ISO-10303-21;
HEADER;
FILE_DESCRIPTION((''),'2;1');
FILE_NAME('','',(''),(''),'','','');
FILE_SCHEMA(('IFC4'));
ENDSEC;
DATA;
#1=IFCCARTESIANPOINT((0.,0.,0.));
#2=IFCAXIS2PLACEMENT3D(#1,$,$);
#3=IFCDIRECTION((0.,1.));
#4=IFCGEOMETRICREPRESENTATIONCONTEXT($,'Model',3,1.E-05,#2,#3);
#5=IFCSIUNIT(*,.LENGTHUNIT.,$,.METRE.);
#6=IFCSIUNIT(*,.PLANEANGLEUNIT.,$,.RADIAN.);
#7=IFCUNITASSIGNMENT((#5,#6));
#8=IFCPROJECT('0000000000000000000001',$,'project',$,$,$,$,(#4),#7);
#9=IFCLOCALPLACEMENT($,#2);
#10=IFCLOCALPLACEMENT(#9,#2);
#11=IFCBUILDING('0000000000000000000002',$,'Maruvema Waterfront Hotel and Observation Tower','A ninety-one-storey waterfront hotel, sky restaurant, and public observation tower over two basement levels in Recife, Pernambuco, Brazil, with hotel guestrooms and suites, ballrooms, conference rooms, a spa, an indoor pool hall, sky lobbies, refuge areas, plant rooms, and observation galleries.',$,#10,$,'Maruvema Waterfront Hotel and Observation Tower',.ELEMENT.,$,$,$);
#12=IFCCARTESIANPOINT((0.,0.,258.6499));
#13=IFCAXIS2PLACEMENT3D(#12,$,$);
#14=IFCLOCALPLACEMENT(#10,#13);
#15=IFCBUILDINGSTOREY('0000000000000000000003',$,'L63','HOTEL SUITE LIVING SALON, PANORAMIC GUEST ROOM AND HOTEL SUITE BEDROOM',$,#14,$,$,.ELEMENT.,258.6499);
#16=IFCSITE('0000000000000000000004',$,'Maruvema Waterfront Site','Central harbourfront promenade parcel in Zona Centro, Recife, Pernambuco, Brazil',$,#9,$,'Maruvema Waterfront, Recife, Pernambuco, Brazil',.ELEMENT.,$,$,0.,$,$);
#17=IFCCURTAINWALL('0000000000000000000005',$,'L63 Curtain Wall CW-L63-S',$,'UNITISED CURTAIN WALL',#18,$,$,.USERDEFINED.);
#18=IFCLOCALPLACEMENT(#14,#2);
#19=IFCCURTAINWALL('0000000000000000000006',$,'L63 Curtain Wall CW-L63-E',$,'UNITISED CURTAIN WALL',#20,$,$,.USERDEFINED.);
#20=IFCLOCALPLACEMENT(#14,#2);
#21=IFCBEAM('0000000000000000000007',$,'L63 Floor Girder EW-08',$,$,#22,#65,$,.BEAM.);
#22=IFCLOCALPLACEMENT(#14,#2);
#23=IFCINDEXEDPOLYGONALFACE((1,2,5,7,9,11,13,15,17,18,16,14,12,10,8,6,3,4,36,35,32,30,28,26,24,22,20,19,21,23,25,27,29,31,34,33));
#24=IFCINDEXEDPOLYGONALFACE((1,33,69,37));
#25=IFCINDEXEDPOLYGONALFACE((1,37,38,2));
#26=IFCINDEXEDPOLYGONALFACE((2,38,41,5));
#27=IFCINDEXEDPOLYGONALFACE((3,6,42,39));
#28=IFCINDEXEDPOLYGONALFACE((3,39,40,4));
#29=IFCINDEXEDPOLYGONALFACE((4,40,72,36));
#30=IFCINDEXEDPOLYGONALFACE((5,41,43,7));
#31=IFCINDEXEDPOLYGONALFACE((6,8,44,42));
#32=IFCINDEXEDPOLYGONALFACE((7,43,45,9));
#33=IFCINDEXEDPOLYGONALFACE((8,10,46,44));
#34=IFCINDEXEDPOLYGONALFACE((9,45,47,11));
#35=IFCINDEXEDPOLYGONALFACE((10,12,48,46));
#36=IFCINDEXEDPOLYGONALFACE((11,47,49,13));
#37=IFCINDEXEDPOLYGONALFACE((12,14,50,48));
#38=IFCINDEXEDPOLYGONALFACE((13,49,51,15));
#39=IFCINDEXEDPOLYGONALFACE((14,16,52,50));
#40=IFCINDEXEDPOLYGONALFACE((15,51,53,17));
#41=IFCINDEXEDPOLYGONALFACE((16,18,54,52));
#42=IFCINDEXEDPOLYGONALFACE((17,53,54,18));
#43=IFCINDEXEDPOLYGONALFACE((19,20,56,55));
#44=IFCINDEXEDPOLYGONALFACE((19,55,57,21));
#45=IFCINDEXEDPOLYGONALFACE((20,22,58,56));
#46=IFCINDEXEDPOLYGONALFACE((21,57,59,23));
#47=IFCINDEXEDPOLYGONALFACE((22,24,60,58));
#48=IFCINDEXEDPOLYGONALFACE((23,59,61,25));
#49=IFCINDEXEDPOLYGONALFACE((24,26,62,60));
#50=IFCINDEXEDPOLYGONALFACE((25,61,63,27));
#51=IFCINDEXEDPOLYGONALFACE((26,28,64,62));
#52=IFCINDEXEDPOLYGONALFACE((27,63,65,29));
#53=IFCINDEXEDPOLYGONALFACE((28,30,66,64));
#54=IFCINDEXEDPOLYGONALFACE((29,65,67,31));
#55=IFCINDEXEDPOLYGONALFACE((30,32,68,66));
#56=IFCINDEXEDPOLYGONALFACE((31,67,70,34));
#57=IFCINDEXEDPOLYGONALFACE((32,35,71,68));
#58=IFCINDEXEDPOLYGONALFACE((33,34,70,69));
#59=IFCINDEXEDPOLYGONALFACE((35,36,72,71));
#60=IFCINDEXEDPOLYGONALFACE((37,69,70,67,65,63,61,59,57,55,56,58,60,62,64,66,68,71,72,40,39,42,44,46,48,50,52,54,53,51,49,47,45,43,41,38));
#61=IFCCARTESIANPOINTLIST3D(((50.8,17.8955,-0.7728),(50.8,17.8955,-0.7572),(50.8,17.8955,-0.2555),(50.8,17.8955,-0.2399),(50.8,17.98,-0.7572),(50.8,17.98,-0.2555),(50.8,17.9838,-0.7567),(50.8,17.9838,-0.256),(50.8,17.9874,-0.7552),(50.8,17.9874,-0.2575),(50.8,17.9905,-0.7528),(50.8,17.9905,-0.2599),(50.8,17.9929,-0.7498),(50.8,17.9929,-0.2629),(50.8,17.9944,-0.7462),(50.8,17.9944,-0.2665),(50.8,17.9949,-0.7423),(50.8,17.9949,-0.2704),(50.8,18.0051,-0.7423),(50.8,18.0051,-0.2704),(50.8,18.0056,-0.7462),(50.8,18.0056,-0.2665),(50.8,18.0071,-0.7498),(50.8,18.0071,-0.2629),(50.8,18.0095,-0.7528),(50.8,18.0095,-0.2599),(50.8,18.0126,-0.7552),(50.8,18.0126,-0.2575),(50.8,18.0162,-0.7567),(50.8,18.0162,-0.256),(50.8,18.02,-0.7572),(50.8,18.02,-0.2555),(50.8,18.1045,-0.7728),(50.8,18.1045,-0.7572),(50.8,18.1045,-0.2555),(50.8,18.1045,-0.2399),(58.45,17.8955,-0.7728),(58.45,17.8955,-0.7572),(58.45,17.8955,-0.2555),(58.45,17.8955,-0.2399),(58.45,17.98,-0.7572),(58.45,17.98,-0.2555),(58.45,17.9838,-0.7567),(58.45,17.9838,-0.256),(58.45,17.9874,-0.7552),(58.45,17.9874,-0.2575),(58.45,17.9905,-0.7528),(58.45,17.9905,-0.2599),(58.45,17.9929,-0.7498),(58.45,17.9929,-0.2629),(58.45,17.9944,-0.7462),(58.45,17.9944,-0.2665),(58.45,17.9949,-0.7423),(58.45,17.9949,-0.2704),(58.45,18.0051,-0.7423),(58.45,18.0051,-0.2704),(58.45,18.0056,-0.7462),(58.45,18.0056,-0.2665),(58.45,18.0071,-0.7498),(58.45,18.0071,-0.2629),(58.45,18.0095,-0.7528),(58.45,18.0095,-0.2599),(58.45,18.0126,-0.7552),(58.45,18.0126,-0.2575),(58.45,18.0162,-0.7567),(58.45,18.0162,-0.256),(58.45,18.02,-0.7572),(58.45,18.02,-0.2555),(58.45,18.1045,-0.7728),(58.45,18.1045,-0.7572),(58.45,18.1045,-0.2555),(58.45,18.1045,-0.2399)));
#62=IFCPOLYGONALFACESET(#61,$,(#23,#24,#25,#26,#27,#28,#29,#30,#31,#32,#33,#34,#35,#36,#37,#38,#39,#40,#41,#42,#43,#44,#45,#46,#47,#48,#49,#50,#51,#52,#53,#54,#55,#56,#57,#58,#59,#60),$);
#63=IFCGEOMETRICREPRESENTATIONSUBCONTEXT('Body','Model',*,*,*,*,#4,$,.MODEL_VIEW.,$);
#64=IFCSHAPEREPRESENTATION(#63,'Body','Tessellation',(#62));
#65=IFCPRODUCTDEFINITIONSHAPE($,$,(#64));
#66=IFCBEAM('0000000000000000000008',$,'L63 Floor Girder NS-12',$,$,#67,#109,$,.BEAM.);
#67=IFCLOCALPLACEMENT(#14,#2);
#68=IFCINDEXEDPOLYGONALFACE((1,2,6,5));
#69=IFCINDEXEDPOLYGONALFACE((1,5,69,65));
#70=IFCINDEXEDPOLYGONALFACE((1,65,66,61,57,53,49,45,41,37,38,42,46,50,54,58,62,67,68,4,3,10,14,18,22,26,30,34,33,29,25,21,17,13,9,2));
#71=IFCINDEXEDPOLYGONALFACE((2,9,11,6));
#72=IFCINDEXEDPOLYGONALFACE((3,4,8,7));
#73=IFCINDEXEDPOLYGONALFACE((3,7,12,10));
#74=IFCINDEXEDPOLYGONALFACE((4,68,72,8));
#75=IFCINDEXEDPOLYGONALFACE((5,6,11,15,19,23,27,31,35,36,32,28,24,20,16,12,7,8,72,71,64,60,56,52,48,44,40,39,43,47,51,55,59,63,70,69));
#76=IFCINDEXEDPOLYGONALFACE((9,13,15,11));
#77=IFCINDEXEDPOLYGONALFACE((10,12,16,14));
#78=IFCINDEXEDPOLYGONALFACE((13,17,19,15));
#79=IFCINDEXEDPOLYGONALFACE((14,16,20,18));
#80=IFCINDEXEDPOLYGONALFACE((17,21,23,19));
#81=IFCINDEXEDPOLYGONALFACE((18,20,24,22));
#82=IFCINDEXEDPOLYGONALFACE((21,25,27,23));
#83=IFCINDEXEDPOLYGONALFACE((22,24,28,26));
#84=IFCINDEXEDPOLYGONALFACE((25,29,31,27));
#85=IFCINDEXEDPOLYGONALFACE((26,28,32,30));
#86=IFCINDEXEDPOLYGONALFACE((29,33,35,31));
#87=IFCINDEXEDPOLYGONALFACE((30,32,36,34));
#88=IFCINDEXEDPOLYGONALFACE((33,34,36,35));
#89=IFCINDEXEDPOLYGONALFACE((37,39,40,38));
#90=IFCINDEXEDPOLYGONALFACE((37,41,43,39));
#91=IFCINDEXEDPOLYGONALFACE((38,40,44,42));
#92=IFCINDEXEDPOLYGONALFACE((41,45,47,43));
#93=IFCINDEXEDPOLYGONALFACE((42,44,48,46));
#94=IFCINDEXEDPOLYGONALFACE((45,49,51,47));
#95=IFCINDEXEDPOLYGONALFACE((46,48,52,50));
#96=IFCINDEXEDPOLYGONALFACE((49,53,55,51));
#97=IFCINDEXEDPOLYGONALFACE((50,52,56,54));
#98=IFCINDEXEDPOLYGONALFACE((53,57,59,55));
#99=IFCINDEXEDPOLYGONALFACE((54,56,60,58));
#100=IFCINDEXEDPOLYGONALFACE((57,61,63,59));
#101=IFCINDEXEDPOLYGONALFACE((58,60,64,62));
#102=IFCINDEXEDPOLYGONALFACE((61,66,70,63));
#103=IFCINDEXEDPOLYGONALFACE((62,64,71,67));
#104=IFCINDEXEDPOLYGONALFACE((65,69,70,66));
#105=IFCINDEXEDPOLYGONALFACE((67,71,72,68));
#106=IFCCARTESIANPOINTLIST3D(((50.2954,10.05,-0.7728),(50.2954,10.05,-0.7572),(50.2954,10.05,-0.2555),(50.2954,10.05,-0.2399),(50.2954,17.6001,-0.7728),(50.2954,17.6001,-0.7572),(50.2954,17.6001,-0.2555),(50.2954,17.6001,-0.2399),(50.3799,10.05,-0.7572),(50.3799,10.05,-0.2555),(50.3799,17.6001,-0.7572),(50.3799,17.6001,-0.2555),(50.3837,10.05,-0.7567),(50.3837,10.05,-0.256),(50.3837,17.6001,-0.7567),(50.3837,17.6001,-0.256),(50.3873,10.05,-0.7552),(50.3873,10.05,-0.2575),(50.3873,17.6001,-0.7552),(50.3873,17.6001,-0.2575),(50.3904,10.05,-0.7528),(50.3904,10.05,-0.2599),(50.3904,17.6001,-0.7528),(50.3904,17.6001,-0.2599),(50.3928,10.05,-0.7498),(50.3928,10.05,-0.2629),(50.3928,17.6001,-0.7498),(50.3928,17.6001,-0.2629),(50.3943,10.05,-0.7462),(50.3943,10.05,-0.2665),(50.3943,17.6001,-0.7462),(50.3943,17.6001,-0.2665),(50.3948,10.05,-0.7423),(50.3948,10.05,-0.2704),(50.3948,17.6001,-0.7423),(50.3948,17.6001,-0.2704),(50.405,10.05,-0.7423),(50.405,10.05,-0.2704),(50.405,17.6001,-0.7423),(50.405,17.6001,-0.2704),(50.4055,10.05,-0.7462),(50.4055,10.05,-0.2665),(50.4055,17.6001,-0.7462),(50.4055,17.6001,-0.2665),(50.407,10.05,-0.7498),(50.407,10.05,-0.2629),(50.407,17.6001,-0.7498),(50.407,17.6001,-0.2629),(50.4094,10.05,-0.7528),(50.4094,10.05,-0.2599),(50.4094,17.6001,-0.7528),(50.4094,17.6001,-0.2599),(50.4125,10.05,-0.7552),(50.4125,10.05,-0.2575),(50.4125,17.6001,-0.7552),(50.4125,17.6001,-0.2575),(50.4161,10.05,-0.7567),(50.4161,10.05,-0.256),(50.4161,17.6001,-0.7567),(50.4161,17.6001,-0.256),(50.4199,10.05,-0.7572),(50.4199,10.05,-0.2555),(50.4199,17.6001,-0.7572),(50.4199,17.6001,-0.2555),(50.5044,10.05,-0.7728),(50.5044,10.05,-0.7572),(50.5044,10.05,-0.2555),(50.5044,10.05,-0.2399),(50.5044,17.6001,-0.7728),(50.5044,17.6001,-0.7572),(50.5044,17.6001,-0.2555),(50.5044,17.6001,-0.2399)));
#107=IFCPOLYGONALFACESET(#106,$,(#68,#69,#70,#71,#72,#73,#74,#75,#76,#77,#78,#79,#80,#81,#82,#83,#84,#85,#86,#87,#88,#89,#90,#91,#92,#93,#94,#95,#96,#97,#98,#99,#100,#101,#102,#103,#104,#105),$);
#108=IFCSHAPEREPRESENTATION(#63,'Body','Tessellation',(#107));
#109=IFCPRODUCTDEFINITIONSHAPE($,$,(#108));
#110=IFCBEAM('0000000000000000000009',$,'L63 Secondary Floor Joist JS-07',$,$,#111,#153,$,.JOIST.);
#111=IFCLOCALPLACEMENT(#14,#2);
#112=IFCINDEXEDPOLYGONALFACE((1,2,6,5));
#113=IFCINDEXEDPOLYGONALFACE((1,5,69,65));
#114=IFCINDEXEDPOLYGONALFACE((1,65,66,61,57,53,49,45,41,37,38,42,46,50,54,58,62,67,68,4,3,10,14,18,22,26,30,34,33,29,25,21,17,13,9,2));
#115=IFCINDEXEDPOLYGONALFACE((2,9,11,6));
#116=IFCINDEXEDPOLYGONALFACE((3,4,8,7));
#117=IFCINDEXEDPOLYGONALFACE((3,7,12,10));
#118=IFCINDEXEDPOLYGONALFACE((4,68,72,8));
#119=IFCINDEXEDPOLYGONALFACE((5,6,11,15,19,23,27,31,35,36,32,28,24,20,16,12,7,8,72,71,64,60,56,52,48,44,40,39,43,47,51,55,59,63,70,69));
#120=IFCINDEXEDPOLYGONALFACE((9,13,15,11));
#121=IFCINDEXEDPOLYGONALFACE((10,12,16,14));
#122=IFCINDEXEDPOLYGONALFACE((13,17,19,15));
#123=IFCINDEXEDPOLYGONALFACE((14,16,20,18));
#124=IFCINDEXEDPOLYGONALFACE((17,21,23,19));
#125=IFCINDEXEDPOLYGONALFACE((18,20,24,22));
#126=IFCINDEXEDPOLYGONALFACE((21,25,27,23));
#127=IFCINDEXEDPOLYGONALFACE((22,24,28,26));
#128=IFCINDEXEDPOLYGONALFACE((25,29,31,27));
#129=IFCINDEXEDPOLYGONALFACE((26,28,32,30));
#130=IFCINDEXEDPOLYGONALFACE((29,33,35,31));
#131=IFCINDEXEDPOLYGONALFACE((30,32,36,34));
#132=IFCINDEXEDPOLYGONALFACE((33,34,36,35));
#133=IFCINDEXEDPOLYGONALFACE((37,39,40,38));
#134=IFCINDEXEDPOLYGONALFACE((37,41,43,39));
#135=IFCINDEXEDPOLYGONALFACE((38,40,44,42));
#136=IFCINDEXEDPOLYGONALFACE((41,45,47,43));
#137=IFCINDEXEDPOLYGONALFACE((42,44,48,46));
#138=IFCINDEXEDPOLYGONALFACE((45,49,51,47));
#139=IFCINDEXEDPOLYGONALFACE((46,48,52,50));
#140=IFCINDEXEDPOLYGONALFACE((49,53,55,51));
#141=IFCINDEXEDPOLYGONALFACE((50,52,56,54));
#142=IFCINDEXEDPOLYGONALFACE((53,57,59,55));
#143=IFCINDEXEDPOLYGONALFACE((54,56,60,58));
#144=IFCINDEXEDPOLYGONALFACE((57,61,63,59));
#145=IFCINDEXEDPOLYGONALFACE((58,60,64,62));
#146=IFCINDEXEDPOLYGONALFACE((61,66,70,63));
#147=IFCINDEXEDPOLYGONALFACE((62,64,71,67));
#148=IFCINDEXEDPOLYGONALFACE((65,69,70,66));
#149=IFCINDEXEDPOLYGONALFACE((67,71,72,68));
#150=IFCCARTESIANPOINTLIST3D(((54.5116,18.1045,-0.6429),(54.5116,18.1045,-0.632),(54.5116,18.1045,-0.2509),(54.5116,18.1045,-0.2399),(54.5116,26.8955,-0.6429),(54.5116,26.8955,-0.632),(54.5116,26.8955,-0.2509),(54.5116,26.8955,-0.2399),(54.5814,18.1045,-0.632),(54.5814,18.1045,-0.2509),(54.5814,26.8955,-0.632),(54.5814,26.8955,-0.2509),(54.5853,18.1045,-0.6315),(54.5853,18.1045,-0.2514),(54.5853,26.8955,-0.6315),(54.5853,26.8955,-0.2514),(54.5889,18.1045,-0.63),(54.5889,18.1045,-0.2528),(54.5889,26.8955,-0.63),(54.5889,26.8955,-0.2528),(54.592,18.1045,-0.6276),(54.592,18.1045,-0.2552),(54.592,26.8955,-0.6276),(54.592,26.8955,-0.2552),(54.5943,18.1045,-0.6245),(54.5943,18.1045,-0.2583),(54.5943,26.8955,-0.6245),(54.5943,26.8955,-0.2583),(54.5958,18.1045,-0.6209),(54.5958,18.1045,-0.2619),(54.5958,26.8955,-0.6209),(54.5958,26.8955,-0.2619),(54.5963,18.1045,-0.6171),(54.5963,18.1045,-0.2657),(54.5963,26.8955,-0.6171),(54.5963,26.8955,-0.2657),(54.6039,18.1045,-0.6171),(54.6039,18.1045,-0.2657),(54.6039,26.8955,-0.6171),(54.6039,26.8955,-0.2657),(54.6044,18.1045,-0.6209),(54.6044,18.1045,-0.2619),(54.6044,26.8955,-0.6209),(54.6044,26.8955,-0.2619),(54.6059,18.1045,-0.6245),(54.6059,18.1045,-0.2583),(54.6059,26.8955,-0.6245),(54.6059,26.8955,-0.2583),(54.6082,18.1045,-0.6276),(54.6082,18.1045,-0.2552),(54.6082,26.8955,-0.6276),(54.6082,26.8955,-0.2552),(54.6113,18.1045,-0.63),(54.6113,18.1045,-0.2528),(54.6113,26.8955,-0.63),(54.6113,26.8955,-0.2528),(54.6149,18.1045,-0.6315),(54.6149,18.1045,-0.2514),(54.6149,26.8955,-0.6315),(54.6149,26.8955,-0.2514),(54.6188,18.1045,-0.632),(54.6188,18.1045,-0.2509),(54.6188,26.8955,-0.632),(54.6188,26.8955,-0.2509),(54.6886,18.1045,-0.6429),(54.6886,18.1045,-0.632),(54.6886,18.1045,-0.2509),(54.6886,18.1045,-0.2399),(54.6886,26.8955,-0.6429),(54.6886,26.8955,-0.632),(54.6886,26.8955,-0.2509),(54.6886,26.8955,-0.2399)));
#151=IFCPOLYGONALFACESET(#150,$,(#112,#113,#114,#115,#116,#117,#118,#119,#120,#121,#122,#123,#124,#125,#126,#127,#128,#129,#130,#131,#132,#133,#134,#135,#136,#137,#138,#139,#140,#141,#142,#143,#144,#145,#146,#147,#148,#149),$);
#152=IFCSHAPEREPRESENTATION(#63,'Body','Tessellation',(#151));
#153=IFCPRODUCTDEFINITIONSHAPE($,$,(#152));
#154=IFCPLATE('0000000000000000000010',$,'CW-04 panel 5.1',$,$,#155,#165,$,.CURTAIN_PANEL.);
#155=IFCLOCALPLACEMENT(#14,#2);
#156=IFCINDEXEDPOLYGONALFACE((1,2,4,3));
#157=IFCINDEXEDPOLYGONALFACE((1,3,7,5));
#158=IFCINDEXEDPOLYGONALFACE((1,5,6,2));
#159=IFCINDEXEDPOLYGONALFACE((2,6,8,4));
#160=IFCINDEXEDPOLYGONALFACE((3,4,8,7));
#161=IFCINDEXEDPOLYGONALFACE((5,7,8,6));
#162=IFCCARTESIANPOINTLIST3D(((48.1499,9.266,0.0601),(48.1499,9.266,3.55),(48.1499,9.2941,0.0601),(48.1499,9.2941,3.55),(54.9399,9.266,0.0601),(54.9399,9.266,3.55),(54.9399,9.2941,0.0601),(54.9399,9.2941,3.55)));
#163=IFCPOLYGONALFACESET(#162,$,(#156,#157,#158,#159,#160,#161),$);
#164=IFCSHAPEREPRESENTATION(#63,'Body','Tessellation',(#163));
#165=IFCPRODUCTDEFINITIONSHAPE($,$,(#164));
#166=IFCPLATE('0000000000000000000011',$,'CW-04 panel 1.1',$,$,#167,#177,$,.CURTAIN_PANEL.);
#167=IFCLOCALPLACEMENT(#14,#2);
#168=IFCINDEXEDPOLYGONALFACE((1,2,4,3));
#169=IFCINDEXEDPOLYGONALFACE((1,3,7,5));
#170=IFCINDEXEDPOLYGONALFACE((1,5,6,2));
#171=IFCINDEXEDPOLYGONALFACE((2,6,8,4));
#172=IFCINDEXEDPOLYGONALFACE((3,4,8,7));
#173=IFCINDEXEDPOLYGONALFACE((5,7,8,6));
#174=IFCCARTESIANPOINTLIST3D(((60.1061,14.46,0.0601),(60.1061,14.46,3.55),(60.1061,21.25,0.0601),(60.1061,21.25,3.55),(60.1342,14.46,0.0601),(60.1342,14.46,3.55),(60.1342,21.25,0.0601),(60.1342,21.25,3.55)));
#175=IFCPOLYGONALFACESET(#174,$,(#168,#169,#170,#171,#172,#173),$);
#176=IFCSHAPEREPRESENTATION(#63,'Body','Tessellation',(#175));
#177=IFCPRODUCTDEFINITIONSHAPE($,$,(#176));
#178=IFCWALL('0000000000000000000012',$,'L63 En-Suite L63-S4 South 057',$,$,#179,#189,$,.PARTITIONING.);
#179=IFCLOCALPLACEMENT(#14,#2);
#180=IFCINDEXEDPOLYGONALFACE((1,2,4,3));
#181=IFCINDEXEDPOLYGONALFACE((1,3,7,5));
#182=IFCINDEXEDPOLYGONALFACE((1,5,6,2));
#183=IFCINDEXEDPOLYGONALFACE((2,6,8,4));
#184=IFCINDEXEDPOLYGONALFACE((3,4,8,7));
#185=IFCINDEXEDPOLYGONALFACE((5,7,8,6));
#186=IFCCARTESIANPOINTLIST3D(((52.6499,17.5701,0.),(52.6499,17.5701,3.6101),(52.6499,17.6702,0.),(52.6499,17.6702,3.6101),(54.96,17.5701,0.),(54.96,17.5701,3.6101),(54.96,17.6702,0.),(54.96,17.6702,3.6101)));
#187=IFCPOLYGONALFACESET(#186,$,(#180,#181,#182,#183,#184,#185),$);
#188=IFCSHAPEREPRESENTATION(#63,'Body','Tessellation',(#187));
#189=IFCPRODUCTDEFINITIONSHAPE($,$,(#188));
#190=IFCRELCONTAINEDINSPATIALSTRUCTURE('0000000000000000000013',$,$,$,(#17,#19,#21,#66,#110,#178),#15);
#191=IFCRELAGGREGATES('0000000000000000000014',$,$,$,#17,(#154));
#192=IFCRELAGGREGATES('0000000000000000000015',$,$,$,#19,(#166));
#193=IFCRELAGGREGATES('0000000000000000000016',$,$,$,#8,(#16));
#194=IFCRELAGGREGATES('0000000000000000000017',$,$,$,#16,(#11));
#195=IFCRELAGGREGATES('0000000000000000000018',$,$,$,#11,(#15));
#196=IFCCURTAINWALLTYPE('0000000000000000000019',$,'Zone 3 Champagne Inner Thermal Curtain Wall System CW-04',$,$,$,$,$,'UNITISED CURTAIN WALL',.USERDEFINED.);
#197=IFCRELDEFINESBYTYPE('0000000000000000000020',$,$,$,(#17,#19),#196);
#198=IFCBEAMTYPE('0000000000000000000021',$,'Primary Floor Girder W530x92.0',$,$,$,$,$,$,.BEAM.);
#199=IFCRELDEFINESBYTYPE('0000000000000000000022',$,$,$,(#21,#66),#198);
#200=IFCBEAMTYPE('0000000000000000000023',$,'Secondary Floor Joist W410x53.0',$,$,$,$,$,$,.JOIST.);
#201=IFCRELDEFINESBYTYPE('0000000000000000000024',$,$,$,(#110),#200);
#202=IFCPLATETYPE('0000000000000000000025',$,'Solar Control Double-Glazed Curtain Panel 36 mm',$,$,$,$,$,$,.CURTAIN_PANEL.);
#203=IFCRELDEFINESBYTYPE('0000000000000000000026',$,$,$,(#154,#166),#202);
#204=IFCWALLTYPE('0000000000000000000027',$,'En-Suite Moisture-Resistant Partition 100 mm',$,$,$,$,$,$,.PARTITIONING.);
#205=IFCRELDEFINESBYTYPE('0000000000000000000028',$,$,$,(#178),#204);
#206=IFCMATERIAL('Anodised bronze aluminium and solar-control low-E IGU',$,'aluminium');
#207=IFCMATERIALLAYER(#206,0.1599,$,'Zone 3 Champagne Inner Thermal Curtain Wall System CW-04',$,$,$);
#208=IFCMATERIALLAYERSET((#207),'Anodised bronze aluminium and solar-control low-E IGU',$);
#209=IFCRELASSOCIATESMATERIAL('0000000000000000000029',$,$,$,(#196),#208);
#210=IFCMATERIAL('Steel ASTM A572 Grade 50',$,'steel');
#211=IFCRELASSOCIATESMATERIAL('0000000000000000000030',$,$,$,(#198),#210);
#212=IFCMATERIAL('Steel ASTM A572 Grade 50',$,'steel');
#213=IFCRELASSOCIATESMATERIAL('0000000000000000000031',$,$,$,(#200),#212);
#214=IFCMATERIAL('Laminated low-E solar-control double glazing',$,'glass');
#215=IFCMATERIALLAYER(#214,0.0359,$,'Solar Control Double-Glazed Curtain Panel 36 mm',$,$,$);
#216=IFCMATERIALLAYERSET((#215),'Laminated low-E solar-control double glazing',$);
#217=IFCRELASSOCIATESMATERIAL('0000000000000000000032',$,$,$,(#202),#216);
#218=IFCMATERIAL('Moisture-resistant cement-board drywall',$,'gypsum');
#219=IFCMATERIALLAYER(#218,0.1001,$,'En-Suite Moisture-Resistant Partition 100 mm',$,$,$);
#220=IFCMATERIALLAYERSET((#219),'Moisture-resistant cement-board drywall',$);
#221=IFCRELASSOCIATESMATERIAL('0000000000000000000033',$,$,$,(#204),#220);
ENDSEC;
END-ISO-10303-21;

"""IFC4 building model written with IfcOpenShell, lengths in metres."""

from ifc_helpers import new_model, si_unit, direction, frame, frame_2d, origin, origin_2d, place, context, subcontext, project, spatial, rectangle, i_section, extrude, material, layer, layer_set, material_profile, profile_set, type_object, element, aggregate, save


model = new_model("IFC4")

# Units and contexts
model_context = context("Model", 3, precision=1e-05, world=origin(), true_north=direction((0.0, 1.0)))
body_context = subcontext(model_context, "Body", "Model", "MODEL_VIEW")
ifc_project = project(units=[si_unit("LENGTHUNIT", "METRE"), si_unit("PLANEANGLEUNIT", "RADIAN")], contexts=[model_context])

# Site, building, storey
site_placement = place(None, origin())
site = spatial("IfcSite", under=ifc_project, at=site_placement, Name="Maruvema Waterfront Site", Description="Central harbourfront promenade parcel in Zona Centro, Recife, Pernambuco, Brazil", LongName="Maruvema Waterfront, Recife, Pernambuco, Brazil", CompositionType="ELEMENT", RefElevation=0.0)
building_placement = place(site_placement, origin())
building = spatial("IfcBuilding", under=site, at=building_placement, Name="Maruvema Waterfront Hotel and Observation Tower", Description="A ninety-one-storey waterfront hotel, sky restaurant, and public observation tower over two basement levels in Recife, Pernambuco, Brazil, with hotel guestrooms and suites, ballrooms, conference rooms, a spa, an indoor pool hall, sky lobbies, refuge areas, plant rooms, and observation galleries.", LongName="Maruvema Waterfront Hotel and Observation Tower", CompositionType="ELEMENT")
storey_placement = place(building_placement, frame((0.0, 0.0, 258.6499)))
storey = spatial("IfcBuildingStorey", under=building, at=storey_placement, Name="L63", Description="HOTEL SUITE LIVING SALON, PANORAMIC GUEST ROOM AND HOTEL SUITE BEDROOM", CompositionType="ELEMENT", Elevation=258.6499)

# Curtain walls
ifc_material_1 = material(Name="Anodised bronze aluminium and solar-control low-E IGU", Category="aluminium")
ifc_layer_1 = layer(ifc_material_1, 0.1599, Name="Zone 3 Champagne Inner Thermal Curtain Wall System CW-04")
ifc_layer_set_1 = layer_set([ifc_layer_1], Name="Anodised bronze aluminium and solar-control low-E IGU")
curtain_wall_type = type_object("IfcCurtainWallType", Name="Zone 3 Champagne Inner Thermal Curtain Wall System CW-04", ElementType="UNITISED CURTAIN WALL", PredefinedType="USERDEFINED", material=ifc_layer_set_1)
curtain_wall_1_placement = place(storey_placement, origin())
curtain_wall_1 = element("IfcCurtainWall", 1, at=curtain_wall_1_placement, inside=storey, type_object=curtain_wall_type, Name="L63 Curtain Wall CW-L63-S", ObjectType="UNITISED CURTAIN WALL", PredefinedType="USERDEFINED")
curtain_wall_2_placement = place(storey_placement, origin())
curtain_wall_2 = element("IfcCurtainWall", 2, at=curtain_wall_2_placement, inside=storey, type_object=curtain_wall_type, Name="L63 Curtain Wall CW-L63-E", ObjectType="UNITISED CURTAIN WALL", PredefinedType="USERDEFINED")

# Beams
ifc_material_2 = material(Name="Steel ASTM A572 Grade 50", Category="steel")
ifc_material_profile_1 = material_profile(ifc_material_2, i_section(OverallWidth=0.209, OverallDepth=0.533, WebThickness=0.0103, FlangeThickness=0.0156, FilletRadius=0.0149, at=origin_2d()), Name="W530x92.0")
ifc_profile_set_1 = profile_set([ifc_material_profile_1], Name="Steel ASTM A572 Grade 50")
beam_type_1 = type_object("IfcBeamType", Name="Primary Floor Girder W530x92.0", PredefinedType="BEAM", material=ifc_profile_set_1)
beam_1_placement = place(storey_placement, frame((50.8, 18.0, -0.5063), z_axis=(1.0, 0.0, 0.0), x_axis=(0.0, 1.0, 0.0)))
element("IfcBeam", 3, at=beam_1_placement, inside=storey, type_object=beam_type_1, Name="L63 Floor Girder EW-08", PredefinedType="BEAM", context=body_context, shape_type="SweptSolid", body=[
    extrude(i_section(OverallWidth=0.209, OverallDepth=0.533, WebThickness=0.0103, FlangeThickness=0.0156, FilletRadius=0.0149, at=origin_2d()), origin(), (0.0, 0.0, 1.0), 7.6499),
])
beam_2_placement = place(storey_placement, frame((50.3999, 10.05, -0.5063), z_axis=(0.0, 1.0, 0.0), x_axis=(-1.0, 0.0, 0.0)))
element("IfcBeam", 4, at=beam_2_placement, inside=storey, type_object=beam_type_1, Name="L63 Floor Girder NS-12", PredefinedType="BEAM", context=body_context, shape_type="SweptSolid", body=[
    extrude(i_section(OverallWidth=0.209, OverallDepth=0.533, WebThickness=0.0103, FlangeThickness=0.0156, FilletRadius=0.0149, at=origin_2d()), origin(), (0.0, 0.0, 1.0), 7.55),
])
ifc_material_3 = material(Name="Steel ASTM A572 Grade 50", Category="steel")
ifc_material_profile_2 = material_profile(ifc_material_3, i_section(OverallWidth=0.177, OverallDepth=0.4031, WebThickness=0.0076, FlangeThickness=0.011, FilletRadius=0.0149, at=origin_2d()), Name="W410x53.0")
ifc_profile_set_2 = profile_set([ifc_material_profile_2], Name="Steel ASTM A572 Grade 50")
beam_type_2 = type_object("IfcBeamType", Name="Secondary Floor Joist W410x53.0", PredefinedType="JOIST", material=ifc_profile_set_2)
beam_3_placement = place(storey_placement, frame((54.6001, 18.1045, -0.4414), z_axis=(0.0, 1.0, 0.0), x_axis=(-1.0, 0.0, 0.0)))
element("IfcBeam", 5, at=beam_3_placement, inside=storey, type_object=beam_type_2, Name="L63 Secondary Floor Joist JS-07", PredefinedType="JOIST", context=body_context, shape_type="SweptSolid", body=[
    extrude(i_section(OverallWidth=0.177, OverallDepth=0.4031, WebThickness=0.0076, FlangeThickness=0.011, FilletRadius=0.0149, at=origin_2d()), origin(), (0.0, 0.0, 1.0), 8.791),
])

# Plates
ifc_material_4 = material(Name="Laminated low-E solar-control double glazing", Category="glass")
ifc_layer_2 = layer(ifc_material_4, 0.0359, Name="Solar Control Double-Glazed Curtain Panel 36 mm")
ifc_layer_set_2 = layer_set([ifc_layer_2], Name="Laminated low-E solar-control double glazing")
plate_type = type_object("IfcPlateType", Name="Solar Control Double-Glazed Curtain Panel 36 mm", PredefinedType="CURTAIN_PANEL", material=ifc_layer_set_2)
plate_1_placement = place(storey_placement, frame((51.5449, 9.28, 0.0601), z_axis=(0.0, 0.0, 1.0), x_axis=(1.0, 0.0, 0.0)))
plate_1 = element("IfcPlate", 6, at=plate_1_placement, type_object=plate_type, Name="CW-04 panel 5.1", PredefinedType="CURTAIN_PANEL", context=body_context, shape_type="SweptSolid", body=[
    extrude(rectangle(XDim=6.79, YDim=0.0281, at=origin_2d()), origin(), (0.0, 0.0, 1.0), 3.49),
])
aggregate(curtain_wall_1, [plate_1])
plate_2_placement = place(storey_placement, frame((60.1201, 17.855, 0.0601), z_axis=(0.0, 0.0, 1.0), x_axis=(0.0, 1.0, 0.0)))
plate_2 = element("IfcPlate", 7, at=plate_2_placement, type_object=plate_type, Name="CW-04 panel 1.1", PredefinedType="CURTAIN_PANEL", context=body_context, shape_type="SweptSolid", body=[
    extrude(rectangle(XDim=6.79, YDim=0.0281, at=origin_2d()), origin(), (0.0, 0.0, 1.0), 3.49),
])
aggregate(curtain_wall_2, [plate_2])

# Wall
ifc_material_5 = material(Name="Moisture-resistant cement-board drywall", Category="gypsum")
ifc_layer_3 = layer(ifc_material_5, 0.1001, Name="En-Suite Moisture-Resistant Partition 100 mm")
ifc_layer_set_3 = layer_set([ifc_layer_3], Name="Moisture-resistant cement-board drywall")
wall_type_1 = type_object("IfcWallType", Name="En-Suite Moisture-Resistant Partition 100 mm", PredefinedType="PARTITIONING", material=ifc_layer_set_3)
wall_1_placement = place(storey_placement, frame((52.6499, 17.6201, 0.0), z_axis=(0.0, 0.0, 1.0), x_axis=(1.0, 0.0, 0.0)))
element("IfcWall", 8, at=wall_1_placement, inside=storey, type_object=wall_type_1, Name="L63 En-Suite L63-S4 South 057", PredefinedType="PARTITIONING", context=body_context, shape_type="SweptSolid", body=[
    extrude(rectangle(XDim=2.3101, YDim=0.1001, at=frame_2d((1.155, 0.0))), origin(), (0.0, 0.0, 1.0), 3.6101),
])

save(model, "model.ifc")
